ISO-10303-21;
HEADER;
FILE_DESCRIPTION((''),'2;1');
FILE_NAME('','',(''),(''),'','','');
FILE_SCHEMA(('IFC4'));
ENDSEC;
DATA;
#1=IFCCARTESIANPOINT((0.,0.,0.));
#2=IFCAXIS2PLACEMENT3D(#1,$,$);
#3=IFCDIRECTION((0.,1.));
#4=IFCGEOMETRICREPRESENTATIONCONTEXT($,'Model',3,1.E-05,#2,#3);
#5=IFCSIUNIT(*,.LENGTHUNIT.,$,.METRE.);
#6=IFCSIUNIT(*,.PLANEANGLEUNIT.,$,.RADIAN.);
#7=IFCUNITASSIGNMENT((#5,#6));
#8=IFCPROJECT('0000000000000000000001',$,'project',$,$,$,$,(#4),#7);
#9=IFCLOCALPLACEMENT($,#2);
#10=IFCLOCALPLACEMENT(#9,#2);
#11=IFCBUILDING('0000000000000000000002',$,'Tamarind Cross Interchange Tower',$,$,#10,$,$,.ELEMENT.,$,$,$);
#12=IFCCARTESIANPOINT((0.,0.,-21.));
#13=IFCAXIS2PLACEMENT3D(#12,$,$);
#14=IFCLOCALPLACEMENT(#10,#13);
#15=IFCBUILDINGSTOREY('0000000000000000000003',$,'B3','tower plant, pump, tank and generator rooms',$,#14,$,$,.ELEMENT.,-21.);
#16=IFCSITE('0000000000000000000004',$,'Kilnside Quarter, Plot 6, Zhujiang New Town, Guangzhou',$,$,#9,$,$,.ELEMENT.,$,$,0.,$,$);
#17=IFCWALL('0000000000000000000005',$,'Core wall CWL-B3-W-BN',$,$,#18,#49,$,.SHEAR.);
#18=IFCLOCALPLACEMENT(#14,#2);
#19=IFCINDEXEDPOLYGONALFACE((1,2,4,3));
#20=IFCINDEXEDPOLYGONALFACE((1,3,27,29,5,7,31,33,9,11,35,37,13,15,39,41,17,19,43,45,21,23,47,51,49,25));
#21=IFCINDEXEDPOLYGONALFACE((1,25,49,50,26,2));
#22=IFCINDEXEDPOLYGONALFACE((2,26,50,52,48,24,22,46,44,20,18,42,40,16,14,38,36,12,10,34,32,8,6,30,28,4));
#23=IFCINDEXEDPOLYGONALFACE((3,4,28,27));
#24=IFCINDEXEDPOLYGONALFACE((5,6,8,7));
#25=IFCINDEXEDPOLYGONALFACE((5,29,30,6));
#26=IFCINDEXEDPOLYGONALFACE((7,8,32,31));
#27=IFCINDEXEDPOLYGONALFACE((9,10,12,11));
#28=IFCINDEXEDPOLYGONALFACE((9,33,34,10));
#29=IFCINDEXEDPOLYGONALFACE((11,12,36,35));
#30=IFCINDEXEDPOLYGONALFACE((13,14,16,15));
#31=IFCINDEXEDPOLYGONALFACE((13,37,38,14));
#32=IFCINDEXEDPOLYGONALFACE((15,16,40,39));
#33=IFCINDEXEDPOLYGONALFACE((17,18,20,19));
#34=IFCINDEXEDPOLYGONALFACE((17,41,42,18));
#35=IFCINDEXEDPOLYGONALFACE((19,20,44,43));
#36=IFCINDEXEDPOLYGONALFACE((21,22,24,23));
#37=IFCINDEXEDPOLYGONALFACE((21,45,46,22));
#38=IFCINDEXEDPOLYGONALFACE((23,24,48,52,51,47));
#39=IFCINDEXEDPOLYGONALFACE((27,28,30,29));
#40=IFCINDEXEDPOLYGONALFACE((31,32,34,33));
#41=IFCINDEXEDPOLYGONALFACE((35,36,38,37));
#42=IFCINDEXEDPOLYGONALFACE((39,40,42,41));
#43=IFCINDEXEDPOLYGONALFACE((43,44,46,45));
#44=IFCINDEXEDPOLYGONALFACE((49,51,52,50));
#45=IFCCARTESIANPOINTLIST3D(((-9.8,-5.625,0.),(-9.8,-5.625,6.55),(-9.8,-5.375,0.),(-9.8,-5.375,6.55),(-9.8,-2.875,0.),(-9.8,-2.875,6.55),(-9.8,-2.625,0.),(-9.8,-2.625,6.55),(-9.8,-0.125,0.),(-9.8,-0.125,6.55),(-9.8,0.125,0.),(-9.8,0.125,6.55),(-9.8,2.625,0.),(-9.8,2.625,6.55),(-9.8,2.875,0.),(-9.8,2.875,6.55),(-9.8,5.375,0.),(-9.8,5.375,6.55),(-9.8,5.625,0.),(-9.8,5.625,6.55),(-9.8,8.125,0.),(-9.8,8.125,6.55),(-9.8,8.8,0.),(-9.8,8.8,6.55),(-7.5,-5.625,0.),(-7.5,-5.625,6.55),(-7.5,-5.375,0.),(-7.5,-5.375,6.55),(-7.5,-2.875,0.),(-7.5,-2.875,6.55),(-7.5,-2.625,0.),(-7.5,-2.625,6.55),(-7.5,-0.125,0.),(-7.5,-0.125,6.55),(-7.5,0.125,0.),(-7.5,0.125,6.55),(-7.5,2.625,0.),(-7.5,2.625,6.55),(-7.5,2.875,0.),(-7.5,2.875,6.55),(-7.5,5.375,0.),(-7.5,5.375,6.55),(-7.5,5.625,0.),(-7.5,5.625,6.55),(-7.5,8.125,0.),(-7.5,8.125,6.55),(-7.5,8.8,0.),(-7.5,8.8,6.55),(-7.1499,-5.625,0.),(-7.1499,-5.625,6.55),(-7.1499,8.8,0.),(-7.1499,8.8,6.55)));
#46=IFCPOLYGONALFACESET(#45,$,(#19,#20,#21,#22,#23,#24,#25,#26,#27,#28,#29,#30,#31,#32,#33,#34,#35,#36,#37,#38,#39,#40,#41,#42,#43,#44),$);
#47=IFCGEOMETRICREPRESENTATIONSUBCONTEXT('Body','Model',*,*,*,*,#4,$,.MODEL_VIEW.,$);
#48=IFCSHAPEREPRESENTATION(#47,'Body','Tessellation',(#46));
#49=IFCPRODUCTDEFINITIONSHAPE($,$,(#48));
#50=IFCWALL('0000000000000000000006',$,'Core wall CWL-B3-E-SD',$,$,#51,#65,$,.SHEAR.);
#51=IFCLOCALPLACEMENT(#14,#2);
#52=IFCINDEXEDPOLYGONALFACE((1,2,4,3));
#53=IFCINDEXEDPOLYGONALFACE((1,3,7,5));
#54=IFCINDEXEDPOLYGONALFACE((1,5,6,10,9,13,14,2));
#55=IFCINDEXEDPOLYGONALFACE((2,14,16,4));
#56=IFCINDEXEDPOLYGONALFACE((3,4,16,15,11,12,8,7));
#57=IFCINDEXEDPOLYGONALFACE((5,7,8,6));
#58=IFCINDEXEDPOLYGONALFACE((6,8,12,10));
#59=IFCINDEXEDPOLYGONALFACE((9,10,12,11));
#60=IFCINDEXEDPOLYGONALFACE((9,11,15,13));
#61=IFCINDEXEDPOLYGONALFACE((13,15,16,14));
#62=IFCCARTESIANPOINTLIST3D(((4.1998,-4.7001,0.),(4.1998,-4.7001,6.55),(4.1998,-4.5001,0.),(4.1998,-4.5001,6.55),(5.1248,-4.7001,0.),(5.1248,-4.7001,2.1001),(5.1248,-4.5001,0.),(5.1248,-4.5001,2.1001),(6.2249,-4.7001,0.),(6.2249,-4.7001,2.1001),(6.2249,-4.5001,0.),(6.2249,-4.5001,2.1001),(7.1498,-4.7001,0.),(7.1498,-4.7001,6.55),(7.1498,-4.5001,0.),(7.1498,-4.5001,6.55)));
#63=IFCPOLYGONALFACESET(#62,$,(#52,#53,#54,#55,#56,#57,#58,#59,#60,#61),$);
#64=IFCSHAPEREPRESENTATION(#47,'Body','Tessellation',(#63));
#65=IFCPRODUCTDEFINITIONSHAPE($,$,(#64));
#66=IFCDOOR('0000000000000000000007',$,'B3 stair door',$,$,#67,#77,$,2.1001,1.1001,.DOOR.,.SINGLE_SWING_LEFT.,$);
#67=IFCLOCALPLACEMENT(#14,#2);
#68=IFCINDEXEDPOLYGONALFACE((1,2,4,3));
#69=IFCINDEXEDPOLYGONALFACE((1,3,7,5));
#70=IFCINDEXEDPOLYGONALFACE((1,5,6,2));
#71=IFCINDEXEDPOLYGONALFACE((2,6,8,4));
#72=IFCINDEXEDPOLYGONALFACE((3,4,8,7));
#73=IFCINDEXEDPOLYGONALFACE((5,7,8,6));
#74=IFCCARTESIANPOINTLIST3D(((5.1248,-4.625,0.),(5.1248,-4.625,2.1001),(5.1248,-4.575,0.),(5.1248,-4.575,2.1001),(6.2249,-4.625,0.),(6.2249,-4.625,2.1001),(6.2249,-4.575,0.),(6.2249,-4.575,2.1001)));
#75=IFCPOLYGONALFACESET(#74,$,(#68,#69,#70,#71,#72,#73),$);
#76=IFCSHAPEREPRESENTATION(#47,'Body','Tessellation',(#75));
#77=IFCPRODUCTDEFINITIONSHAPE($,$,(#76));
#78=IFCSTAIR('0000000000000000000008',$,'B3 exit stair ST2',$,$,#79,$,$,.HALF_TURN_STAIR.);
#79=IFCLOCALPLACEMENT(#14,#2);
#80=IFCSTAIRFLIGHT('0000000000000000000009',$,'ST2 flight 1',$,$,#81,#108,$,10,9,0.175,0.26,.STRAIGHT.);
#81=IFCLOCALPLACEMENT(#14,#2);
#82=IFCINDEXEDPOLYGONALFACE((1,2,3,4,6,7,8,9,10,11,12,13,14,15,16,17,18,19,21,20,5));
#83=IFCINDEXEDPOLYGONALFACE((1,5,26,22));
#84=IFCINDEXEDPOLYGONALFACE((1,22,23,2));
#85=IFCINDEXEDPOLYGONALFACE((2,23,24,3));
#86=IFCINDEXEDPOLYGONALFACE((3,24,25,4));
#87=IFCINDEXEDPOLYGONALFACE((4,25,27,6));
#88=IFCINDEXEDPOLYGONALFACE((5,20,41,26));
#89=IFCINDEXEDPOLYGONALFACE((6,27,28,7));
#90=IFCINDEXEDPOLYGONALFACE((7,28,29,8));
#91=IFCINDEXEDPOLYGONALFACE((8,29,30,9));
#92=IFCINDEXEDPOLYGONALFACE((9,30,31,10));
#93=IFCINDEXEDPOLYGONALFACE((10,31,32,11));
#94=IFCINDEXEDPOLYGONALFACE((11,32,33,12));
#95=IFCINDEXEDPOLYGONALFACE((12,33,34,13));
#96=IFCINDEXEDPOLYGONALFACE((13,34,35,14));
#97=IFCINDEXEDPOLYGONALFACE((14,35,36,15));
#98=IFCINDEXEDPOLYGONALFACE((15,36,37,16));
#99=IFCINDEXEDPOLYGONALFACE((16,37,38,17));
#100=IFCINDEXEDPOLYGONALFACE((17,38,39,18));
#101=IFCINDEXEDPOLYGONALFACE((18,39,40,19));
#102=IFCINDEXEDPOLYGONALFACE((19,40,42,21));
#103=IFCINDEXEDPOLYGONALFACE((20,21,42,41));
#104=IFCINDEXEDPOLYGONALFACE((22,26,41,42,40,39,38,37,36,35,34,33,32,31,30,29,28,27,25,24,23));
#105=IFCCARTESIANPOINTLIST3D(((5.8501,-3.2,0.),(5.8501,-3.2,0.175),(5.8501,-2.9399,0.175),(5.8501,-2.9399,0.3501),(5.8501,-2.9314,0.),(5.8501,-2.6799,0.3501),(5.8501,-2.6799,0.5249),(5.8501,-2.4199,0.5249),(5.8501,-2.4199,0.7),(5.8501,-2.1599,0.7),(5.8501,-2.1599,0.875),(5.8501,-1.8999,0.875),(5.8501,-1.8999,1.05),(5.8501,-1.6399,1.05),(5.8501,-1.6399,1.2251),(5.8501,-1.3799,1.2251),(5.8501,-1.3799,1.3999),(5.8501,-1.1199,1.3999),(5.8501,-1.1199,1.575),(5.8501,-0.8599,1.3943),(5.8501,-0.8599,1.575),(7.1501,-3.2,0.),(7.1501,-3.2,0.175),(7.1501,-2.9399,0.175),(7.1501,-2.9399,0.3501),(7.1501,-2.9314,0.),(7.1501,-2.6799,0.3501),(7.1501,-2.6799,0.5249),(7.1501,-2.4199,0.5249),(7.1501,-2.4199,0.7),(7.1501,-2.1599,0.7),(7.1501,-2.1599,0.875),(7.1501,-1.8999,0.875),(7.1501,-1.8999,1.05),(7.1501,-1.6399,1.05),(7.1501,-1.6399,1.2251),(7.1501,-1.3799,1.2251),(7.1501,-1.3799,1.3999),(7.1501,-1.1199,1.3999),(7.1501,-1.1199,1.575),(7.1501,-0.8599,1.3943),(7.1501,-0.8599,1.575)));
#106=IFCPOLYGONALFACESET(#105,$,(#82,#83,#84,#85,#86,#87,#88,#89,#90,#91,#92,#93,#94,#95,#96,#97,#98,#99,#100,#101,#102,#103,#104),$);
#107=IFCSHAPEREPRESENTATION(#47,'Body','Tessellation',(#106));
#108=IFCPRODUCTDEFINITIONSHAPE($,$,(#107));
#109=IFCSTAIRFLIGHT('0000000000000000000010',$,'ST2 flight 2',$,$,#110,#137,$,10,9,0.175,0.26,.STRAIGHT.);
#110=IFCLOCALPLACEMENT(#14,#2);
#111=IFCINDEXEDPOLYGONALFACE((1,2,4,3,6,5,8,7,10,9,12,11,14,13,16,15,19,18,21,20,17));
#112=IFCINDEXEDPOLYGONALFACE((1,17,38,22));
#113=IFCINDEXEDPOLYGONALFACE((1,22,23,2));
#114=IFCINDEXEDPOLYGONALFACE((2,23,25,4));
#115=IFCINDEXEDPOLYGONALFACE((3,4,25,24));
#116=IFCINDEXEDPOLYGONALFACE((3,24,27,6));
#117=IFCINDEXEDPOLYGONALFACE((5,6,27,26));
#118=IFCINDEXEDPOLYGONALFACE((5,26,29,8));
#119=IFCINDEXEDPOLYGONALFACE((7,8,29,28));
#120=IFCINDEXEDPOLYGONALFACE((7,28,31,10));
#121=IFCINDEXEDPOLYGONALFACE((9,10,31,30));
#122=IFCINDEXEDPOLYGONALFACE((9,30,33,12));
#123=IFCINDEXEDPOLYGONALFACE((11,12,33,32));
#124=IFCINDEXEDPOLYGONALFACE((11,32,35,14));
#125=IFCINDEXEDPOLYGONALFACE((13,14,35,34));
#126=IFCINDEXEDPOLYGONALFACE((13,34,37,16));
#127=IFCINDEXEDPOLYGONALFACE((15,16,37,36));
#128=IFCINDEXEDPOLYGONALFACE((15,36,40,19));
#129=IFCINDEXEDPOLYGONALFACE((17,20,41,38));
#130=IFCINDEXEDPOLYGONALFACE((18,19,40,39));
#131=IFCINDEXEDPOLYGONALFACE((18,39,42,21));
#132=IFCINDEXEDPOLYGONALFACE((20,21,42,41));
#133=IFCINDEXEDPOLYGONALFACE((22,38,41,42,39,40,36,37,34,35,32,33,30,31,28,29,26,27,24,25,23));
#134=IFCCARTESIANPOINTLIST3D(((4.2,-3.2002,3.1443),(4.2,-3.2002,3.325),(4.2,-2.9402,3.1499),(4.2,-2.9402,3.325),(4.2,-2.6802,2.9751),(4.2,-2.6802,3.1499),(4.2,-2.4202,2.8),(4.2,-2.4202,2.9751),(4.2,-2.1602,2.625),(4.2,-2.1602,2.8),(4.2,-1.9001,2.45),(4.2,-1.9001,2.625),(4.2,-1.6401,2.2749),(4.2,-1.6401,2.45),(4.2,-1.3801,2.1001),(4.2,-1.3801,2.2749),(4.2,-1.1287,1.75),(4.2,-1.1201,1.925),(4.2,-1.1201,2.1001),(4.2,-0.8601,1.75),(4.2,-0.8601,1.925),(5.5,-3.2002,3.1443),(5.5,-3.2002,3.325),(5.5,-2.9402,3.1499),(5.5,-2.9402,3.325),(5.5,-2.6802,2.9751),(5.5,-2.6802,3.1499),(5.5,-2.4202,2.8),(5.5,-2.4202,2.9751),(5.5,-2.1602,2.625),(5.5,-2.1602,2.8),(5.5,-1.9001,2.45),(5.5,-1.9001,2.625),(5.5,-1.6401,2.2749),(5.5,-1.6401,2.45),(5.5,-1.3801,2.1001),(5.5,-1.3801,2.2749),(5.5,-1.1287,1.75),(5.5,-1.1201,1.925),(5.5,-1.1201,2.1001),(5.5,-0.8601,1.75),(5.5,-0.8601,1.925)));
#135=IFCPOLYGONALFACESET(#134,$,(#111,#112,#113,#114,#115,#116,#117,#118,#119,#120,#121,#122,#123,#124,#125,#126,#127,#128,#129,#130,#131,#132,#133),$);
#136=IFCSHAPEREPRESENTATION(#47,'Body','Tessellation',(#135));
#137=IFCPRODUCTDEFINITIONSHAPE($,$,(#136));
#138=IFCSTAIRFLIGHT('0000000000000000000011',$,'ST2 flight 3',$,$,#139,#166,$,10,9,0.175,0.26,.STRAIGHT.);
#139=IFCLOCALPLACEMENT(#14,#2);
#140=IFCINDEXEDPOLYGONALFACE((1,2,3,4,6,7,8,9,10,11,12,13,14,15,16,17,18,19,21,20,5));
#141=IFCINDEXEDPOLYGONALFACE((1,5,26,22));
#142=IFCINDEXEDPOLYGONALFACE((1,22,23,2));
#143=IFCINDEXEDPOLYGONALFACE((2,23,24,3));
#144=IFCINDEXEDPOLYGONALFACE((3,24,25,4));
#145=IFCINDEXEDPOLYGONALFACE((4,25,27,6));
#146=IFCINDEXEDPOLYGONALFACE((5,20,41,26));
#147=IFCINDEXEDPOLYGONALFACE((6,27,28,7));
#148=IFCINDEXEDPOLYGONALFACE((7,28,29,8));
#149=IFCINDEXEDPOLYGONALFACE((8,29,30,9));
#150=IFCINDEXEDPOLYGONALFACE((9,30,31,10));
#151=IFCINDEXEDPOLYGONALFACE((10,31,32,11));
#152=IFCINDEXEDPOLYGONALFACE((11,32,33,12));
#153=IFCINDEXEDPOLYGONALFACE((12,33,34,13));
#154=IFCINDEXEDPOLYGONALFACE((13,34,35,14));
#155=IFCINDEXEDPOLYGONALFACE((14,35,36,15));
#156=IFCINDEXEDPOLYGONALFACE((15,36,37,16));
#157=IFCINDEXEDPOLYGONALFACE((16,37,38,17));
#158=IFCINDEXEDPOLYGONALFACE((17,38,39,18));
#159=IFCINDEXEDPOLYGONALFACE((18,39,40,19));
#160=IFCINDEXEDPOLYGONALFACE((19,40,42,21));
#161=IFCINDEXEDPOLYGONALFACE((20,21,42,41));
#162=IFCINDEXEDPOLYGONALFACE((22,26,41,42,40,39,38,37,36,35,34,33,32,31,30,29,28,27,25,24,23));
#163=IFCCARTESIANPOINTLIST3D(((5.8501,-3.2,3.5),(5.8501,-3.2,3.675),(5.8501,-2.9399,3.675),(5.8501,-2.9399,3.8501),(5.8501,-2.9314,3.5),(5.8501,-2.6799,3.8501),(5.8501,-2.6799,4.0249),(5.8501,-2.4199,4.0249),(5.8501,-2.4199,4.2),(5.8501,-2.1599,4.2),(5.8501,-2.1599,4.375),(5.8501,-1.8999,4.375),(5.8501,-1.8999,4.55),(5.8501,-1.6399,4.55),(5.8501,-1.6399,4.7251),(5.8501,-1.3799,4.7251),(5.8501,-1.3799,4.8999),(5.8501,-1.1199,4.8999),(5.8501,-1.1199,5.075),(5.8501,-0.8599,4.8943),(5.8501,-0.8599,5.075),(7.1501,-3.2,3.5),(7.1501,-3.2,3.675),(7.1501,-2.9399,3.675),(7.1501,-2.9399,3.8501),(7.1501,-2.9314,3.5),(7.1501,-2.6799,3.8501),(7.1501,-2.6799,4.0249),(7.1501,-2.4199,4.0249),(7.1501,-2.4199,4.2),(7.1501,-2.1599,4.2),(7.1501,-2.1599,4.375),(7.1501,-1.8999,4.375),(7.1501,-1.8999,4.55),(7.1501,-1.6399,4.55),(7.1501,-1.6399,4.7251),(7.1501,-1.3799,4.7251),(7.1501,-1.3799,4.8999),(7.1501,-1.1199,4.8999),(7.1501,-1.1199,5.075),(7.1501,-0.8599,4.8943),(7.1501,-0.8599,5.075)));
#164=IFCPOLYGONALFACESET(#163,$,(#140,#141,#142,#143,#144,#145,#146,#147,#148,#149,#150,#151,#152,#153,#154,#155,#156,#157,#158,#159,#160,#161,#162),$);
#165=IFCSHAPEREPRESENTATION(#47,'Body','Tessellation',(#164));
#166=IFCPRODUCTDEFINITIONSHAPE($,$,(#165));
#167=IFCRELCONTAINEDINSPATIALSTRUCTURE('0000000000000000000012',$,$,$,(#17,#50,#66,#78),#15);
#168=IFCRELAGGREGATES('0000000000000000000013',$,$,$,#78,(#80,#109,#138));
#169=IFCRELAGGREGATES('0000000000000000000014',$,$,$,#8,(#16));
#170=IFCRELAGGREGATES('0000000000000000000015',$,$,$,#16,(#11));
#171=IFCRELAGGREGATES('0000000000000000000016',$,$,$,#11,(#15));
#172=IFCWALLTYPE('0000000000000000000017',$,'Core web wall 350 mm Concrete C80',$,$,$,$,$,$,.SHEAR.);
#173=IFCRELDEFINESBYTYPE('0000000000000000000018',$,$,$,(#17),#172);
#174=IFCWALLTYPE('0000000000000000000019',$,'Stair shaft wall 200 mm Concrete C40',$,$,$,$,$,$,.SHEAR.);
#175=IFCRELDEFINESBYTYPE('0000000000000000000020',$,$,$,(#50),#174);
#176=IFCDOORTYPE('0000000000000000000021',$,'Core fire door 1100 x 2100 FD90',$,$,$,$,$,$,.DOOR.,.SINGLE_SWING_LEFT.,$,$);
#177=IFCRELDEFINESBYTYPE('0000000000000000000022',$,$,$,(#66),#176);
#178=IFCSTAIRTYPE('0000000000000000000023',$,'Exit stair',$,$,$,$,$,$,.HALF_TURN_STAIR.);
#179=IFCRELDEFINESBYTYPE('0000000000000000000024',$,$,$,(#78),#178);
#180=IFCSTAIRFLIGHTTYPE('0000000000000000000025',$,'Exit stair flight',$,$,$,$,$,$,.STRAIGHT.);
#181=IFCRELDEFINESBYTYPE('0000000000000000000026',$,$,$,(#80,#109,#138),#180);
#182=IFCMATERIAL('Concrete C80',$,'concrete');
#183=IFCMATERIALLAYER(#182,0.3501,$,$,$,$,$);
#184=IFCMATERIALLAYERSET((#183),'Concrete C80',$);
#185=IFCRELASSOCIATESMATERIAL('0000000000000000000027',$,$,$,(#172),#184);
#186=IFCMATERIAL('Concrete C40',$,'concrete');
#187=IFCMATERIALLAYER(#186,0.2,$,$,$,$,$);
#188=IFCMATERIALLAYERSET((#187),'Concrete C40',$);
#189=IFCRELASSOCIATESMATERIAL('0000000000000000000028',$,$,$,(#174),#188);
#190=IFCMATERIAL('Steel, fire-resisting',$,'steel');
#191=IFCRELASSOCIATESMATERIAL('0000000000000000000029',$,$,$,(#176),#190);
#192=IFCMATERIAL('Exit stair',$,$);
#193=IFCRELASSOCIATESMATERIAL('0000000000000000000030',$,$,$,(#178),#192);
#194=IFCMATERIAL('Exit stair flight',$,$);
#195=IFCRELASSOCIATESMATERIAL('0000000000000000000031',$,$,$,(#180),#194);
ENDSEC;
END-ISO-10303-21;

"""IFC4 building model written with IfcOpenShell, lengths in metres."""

from ifc_helpers import new_model, si_unit, direction, frame, frame_2d, origin, place, context, subcontext, project, spatial, polyline, rectangle, outline, extrude, material, layer, layer_set, type_object, element, fill, aggregate, save


model = new_model("IFC4")

# Units and contexts
model_context = context("Model", 3, precision=1e-05, world=origin(), true_north=direction((0.0, 1.0)))
body_context = subcontext(model_context, "Body", "Model", "MODEL_VIEW")
ifc_project = project(units=[si_unit("LENGTHUNIT", "METRE"), si_unit("PLANEANGLEUNIT", "RADIAN")], contexts=[model_context])

# Site, building, storey
site_placement = place(None, origin())
site = spatial("IfcSite", under=ifc_project, at=site_placement, Name="Kilnside Quarter, Plot 6, Zhujiang New Town, Guangzhou", CompositionType="ELEMENT", RefElevation=0.0)
building_placement = place(site_placement, origin())
building = spatial("IfcBuilding", under=site, at=building_placement, Name="Tamarind Cross Interchange Tower", CompositionType="ELEMENT")
storey_placement = place(building_placement, frame((0.0, 0.0, -21.0)))
storey = spatial("IfcBuildingStorey", under=building, at=storey_placement, Name="B3", Description="tower plant, pump, tank and generator rooms", CompositionType="ELEMENT", Elevation=-21.0)

# Shared definitions
ifc_material_1 = material(Name="Concrete C40", Category="concrete")

# Wall
ifc_material_2 = material(Name="Concrete C80", Category="concrete")
ifc_layer_1 = layer(ifc_material_2, 0.3501)
ifc_layer_set_1 = layer_set([ifc_layer_1], Name="Concrete C80")
wall_type_1 = type_object("IfcWallType", Name="Core web wall 350 mm Concrete C80", PredefinedType="SHEAR", material=ifc_layer_set_1)
wall_1_placement = place(storey_placement, origin())
element("IfcWall", 1, at=wall_1_placement, inside=storey, type_object=wall_type_1, Name="Core wall CWL-B3-W-BN", PredefinedType="SHEAR", context=body_context, shape_type="SweptSolid", body=[
    extrude(outline(polyline([(-9.8, -5.375), (-9.8, -5.625), (-7.5, -5.625), (-7.1499, -5.625), (-7.1499, 8.8), (-7.5, 8.8), (-9.8, 8.8), (-9.8, 8.125), (-7.5, 8.125), (-7.5, 5.625), (-9.8, 5.625), (-9.8, 5.375), (-7.5, 5.375), (-7.5, 2.875), (-9.8, 2.875), (-9.8, 2.625), (-7.5, 2.625), (-7.5, 0.125), (-9.8, 0.125), (-9.8, -0.125), (-7.5, -0.125), (-7.5, -2.625), (-9.8, -2.625), (-9.8, -2.875), (-7.5, -2.875), (-7.5, -5.375), (-9.8, -5.375)])), origin(), (0.0, 0.0, 1.0), 6.55),
])

# Wall, opening, door
ifc_layer_2 = layer(ifc_material_1, 0.2)
ifc_layer_set_2 = layer_set([ifc_layer_2], Name="Concrete C40")
wall_type_2 = type_object("IfcWallType", Name="Stair shaft wall 200 mm Concrete C40", PredefinedType="SHEAR", material=ifc_layer_set_2)
wall_2_placement = place(storey_placement, frame((7.1499, -4.6001, 0.0), z_axis=(0.0, 0.0, 1.0), x_axis=(-1.0, 0.0, 0.0)))
wall_2 = element("IfcWall", 2, at=wall_2_placement, inside=storey, type_object=wall_type_2, Name="Core wall CWL-B3-E-SD", PredefinedType="SHEAR", context=body_context, shape_type="SweptSolid", body=[
    extrude(rectangle(XDim=2.95, YDim=0.2, at=frame_2d((1.4751, 0.0))), origin(), (0.0, 0.0, 1.0), 6.55),
])
opening_placement = place(wall_2_placement, frame((0.925, 0.0, 0.0)))
opening = element("IfcOpeningElement", 3, at=opening_placement, cuts=wall_2, PredefinedType="OPENING", context=body_context, shape_type="SweptSolid", body=[
    extrude(rectangle(XDim=1.1001, YDim=2.1001, at=frame_2d((0.55, 1.05))), frame((0.0, 0.1099, 0.0), z_axis=(0.0, -1.0, 0.0), x_axis=(1.0, 0.0, 0.0)), (0.0, 0.0, 1.0), 0.22),
])
ifc_material_3 = material(Name="Steel, fire-resisting", Category="steel")
door_type = type_object("IfcDoorType", Name="Core fire door 1100 x 2100 FD90", OperationType="SINGLE_SWING_LEFT", PredefinedType="DOOR", material=ifc_material_3)
door_placement = place(opening_placement, origin())
door = element("IfcDoor", 4, at=door_placement, inside=storey, type_object=door_type, Name="B3 stair door", OperationType="SINGLE_SWING_LEFT", OverallHeight=2.1001, OverallWidth=1.1001, PredefinedType="DOOR", context=body_context, shape_type="SweptSolid", body=[
    extrude(rectangle(XDim=1.1001, YDim=2.1001, at=frame_2d((0.55, 1.05))), frame((0.0, 0.0249, 0.0), z_axis=(0.0, -1.0, 0.0), x_axis=(1.0, 0.0, 0.0)), (0.0, 0.0, 1.0), 0.05),
])
fill(opening, door)

# Stair, stair flights
ifc_material_4 = material(Name="Exit stair")
stair_type_1 = type_object("IfcStairType", Name="Exit stair", PredefinedType="HALF_TURN_STAIR", material=ifc_material_4)
stair_1_placement = place(storey_placement, origin())
stair_1 = element("IfcStair", 5, at=stair_1_placement, inside=storey, type_object=stair_type_1, Name="B3 exit stair ST2", PredefinedType="HALF_TURN_STAIR")
ifc_material_5 = material(Name="Exit stair flight")
stair_flight_type = type_object("IfcStairFlightType", Name="Exit stair flight", PredefinedType="STRAIGHT", material=ifc_material_5)
stair_flight_1_placement = place(storey_placement, frame((6.5, -3.2, 0.0), z_axis=(0.0, 0.0, 1.0), x_axis=(0.0, 1.0, 0.0)))
stair_flight_1 = element("IfcStairFlight", 6, at=stair_flight_1_placement, type_object=stair_flight_type, Name="ST2 flight 1", NumberOfRisers=10, NumberOfTreads=9, PredefinedType="STRAIGHT", RiserHeight=0.175, TreadLength=0.26, context=body_context, shape_type="SweptSolid", body=[
    extrude(outline(polyline([(0.0, 0.0), (0.0, 0.175), (0.26, 0.175), (0.26, 0.3501), (0.52, 0.3501), (0.52, 0.5249), (0.78, 0.5249), (0.78, 0.7), (1.04, 0.7), (1.04, 0.875), (1.3, 0.875), (1.3, 1.05), (1.5601, 1.05), (1.5601, 1.2251), (1.8201, 1.2251), (1.8201, 1.3999), (2.0801, 1.3999), (2.0801, 1.575), (2.3401, 1.575), (2.3401, 1.75), (2.3401, 1.3943), (0.2686, 0.0), (0.0, 0.0)])), frame((0.0, 0.6499, 0.0), z_axis=(0.0, -1.0, 0.0), x_axis=(1.0, 0.0, 0.0)), (0.0, 0.0, 1.0), 1.3),
])
stair_flight_2_placement = place(storey_placement, frame((4.8501, -0.8601, 1.75), z_axis=(0.0, 0.0, 1.0), x_axis=(0.0, -1.0, 0.0)))
stair_flight_2 = element("IfcStairFlight", 7, at=stair_flight_2_placement, type_object=stair_flight_type, Name="ST2 flight 2", NumberOfRisers=10, NumberOfTreads=9, PredefinedType="STRAIGHT", RiserHeight=0.175, TreadLength=0.26, context=body_context, shape_type="SweptSolid", body=[
    extrude(outline(polyline([(0.0, 0.0), (0.0, 0.175), (0.26, 0.175), (0.26, 0.3501), (0.52, 0.3501), (0.52, 0.5249), (0.78, 0.5249), (0.78, 0.7), (1.04, 0.7), (1.04, 0.875), (1.3, 0.875), (1.3, 1.05), (1.5601, 1.05), (1.5601, 1.2251), (1.8201, 1.2251), (1.8201, 1.3999), (2.0801, 1.3999), (2.0801, 1.575), (2.3401, 1.575), (2.3401, 1.75), (2.3401, 1.3943), (0.2686, 0.0), (0.0, 0.0)])), frame((0.0, 0.6499, 0.0), z_axis=(0.0, -1.0, 0.0), x_axis=(1.0, 0.0, 0.0)), (0.0, 0.0, 1.0), 1.3),
])
stair_flight_3_placement = place(storey_placement, frame((6.5, -3.2, 3.5), z_axis=(0.0, 0.0, 1.0), x_axis=(0.0, 1.0, 0.0)))
stair_flight_3 = element("IfcStairFlight", 8, at=stair_flight_3_placement, type_object=stair_flight_type, Name="ST2 flight 3", NumberOfRisers=10, NumberOfTreads=9, PredefinedType="STRAIGHT", RiserHeight=0.175, TreadLength=0.26, context=body_context, shape_type="SweptSolid", body=[
    extrude(outline(polyline([(0.0, 0.0), (0.0, 0.175), (0.26, 0.175), (0.26, 0.3501), (0.52, 0.3501), (0.52, 0.5249), (0.78, 0.5249), (0.78, 0.7), (1.04, 0.7), (1.04, 0.875), (1.3, 0.875), (1.3, 1.05), (1.5601, 1.05), (1.5601, 1.2251), (1.8201, 1.2251), (1.8201, 1.3999), (2.0801, 1.3999), (2.0801, 1.575), (2.3401, 1.575), (2.3401, 1.75), (2.3401, 1.3943), (0.2686, 0.0), (0.0, 0.0)])), frame((0.0, 0.6499, 0.0), z_axis=(0.0, -1.0, 0.0), x_axis=(1.0, 0.0, 0.0)), (0.0, 0.0, 1.0), 1.3),
])
aggregate(stair_1, [stair_flight_1, stair_flight_2, stair_flight_3])

save(model, "model.ifc")
